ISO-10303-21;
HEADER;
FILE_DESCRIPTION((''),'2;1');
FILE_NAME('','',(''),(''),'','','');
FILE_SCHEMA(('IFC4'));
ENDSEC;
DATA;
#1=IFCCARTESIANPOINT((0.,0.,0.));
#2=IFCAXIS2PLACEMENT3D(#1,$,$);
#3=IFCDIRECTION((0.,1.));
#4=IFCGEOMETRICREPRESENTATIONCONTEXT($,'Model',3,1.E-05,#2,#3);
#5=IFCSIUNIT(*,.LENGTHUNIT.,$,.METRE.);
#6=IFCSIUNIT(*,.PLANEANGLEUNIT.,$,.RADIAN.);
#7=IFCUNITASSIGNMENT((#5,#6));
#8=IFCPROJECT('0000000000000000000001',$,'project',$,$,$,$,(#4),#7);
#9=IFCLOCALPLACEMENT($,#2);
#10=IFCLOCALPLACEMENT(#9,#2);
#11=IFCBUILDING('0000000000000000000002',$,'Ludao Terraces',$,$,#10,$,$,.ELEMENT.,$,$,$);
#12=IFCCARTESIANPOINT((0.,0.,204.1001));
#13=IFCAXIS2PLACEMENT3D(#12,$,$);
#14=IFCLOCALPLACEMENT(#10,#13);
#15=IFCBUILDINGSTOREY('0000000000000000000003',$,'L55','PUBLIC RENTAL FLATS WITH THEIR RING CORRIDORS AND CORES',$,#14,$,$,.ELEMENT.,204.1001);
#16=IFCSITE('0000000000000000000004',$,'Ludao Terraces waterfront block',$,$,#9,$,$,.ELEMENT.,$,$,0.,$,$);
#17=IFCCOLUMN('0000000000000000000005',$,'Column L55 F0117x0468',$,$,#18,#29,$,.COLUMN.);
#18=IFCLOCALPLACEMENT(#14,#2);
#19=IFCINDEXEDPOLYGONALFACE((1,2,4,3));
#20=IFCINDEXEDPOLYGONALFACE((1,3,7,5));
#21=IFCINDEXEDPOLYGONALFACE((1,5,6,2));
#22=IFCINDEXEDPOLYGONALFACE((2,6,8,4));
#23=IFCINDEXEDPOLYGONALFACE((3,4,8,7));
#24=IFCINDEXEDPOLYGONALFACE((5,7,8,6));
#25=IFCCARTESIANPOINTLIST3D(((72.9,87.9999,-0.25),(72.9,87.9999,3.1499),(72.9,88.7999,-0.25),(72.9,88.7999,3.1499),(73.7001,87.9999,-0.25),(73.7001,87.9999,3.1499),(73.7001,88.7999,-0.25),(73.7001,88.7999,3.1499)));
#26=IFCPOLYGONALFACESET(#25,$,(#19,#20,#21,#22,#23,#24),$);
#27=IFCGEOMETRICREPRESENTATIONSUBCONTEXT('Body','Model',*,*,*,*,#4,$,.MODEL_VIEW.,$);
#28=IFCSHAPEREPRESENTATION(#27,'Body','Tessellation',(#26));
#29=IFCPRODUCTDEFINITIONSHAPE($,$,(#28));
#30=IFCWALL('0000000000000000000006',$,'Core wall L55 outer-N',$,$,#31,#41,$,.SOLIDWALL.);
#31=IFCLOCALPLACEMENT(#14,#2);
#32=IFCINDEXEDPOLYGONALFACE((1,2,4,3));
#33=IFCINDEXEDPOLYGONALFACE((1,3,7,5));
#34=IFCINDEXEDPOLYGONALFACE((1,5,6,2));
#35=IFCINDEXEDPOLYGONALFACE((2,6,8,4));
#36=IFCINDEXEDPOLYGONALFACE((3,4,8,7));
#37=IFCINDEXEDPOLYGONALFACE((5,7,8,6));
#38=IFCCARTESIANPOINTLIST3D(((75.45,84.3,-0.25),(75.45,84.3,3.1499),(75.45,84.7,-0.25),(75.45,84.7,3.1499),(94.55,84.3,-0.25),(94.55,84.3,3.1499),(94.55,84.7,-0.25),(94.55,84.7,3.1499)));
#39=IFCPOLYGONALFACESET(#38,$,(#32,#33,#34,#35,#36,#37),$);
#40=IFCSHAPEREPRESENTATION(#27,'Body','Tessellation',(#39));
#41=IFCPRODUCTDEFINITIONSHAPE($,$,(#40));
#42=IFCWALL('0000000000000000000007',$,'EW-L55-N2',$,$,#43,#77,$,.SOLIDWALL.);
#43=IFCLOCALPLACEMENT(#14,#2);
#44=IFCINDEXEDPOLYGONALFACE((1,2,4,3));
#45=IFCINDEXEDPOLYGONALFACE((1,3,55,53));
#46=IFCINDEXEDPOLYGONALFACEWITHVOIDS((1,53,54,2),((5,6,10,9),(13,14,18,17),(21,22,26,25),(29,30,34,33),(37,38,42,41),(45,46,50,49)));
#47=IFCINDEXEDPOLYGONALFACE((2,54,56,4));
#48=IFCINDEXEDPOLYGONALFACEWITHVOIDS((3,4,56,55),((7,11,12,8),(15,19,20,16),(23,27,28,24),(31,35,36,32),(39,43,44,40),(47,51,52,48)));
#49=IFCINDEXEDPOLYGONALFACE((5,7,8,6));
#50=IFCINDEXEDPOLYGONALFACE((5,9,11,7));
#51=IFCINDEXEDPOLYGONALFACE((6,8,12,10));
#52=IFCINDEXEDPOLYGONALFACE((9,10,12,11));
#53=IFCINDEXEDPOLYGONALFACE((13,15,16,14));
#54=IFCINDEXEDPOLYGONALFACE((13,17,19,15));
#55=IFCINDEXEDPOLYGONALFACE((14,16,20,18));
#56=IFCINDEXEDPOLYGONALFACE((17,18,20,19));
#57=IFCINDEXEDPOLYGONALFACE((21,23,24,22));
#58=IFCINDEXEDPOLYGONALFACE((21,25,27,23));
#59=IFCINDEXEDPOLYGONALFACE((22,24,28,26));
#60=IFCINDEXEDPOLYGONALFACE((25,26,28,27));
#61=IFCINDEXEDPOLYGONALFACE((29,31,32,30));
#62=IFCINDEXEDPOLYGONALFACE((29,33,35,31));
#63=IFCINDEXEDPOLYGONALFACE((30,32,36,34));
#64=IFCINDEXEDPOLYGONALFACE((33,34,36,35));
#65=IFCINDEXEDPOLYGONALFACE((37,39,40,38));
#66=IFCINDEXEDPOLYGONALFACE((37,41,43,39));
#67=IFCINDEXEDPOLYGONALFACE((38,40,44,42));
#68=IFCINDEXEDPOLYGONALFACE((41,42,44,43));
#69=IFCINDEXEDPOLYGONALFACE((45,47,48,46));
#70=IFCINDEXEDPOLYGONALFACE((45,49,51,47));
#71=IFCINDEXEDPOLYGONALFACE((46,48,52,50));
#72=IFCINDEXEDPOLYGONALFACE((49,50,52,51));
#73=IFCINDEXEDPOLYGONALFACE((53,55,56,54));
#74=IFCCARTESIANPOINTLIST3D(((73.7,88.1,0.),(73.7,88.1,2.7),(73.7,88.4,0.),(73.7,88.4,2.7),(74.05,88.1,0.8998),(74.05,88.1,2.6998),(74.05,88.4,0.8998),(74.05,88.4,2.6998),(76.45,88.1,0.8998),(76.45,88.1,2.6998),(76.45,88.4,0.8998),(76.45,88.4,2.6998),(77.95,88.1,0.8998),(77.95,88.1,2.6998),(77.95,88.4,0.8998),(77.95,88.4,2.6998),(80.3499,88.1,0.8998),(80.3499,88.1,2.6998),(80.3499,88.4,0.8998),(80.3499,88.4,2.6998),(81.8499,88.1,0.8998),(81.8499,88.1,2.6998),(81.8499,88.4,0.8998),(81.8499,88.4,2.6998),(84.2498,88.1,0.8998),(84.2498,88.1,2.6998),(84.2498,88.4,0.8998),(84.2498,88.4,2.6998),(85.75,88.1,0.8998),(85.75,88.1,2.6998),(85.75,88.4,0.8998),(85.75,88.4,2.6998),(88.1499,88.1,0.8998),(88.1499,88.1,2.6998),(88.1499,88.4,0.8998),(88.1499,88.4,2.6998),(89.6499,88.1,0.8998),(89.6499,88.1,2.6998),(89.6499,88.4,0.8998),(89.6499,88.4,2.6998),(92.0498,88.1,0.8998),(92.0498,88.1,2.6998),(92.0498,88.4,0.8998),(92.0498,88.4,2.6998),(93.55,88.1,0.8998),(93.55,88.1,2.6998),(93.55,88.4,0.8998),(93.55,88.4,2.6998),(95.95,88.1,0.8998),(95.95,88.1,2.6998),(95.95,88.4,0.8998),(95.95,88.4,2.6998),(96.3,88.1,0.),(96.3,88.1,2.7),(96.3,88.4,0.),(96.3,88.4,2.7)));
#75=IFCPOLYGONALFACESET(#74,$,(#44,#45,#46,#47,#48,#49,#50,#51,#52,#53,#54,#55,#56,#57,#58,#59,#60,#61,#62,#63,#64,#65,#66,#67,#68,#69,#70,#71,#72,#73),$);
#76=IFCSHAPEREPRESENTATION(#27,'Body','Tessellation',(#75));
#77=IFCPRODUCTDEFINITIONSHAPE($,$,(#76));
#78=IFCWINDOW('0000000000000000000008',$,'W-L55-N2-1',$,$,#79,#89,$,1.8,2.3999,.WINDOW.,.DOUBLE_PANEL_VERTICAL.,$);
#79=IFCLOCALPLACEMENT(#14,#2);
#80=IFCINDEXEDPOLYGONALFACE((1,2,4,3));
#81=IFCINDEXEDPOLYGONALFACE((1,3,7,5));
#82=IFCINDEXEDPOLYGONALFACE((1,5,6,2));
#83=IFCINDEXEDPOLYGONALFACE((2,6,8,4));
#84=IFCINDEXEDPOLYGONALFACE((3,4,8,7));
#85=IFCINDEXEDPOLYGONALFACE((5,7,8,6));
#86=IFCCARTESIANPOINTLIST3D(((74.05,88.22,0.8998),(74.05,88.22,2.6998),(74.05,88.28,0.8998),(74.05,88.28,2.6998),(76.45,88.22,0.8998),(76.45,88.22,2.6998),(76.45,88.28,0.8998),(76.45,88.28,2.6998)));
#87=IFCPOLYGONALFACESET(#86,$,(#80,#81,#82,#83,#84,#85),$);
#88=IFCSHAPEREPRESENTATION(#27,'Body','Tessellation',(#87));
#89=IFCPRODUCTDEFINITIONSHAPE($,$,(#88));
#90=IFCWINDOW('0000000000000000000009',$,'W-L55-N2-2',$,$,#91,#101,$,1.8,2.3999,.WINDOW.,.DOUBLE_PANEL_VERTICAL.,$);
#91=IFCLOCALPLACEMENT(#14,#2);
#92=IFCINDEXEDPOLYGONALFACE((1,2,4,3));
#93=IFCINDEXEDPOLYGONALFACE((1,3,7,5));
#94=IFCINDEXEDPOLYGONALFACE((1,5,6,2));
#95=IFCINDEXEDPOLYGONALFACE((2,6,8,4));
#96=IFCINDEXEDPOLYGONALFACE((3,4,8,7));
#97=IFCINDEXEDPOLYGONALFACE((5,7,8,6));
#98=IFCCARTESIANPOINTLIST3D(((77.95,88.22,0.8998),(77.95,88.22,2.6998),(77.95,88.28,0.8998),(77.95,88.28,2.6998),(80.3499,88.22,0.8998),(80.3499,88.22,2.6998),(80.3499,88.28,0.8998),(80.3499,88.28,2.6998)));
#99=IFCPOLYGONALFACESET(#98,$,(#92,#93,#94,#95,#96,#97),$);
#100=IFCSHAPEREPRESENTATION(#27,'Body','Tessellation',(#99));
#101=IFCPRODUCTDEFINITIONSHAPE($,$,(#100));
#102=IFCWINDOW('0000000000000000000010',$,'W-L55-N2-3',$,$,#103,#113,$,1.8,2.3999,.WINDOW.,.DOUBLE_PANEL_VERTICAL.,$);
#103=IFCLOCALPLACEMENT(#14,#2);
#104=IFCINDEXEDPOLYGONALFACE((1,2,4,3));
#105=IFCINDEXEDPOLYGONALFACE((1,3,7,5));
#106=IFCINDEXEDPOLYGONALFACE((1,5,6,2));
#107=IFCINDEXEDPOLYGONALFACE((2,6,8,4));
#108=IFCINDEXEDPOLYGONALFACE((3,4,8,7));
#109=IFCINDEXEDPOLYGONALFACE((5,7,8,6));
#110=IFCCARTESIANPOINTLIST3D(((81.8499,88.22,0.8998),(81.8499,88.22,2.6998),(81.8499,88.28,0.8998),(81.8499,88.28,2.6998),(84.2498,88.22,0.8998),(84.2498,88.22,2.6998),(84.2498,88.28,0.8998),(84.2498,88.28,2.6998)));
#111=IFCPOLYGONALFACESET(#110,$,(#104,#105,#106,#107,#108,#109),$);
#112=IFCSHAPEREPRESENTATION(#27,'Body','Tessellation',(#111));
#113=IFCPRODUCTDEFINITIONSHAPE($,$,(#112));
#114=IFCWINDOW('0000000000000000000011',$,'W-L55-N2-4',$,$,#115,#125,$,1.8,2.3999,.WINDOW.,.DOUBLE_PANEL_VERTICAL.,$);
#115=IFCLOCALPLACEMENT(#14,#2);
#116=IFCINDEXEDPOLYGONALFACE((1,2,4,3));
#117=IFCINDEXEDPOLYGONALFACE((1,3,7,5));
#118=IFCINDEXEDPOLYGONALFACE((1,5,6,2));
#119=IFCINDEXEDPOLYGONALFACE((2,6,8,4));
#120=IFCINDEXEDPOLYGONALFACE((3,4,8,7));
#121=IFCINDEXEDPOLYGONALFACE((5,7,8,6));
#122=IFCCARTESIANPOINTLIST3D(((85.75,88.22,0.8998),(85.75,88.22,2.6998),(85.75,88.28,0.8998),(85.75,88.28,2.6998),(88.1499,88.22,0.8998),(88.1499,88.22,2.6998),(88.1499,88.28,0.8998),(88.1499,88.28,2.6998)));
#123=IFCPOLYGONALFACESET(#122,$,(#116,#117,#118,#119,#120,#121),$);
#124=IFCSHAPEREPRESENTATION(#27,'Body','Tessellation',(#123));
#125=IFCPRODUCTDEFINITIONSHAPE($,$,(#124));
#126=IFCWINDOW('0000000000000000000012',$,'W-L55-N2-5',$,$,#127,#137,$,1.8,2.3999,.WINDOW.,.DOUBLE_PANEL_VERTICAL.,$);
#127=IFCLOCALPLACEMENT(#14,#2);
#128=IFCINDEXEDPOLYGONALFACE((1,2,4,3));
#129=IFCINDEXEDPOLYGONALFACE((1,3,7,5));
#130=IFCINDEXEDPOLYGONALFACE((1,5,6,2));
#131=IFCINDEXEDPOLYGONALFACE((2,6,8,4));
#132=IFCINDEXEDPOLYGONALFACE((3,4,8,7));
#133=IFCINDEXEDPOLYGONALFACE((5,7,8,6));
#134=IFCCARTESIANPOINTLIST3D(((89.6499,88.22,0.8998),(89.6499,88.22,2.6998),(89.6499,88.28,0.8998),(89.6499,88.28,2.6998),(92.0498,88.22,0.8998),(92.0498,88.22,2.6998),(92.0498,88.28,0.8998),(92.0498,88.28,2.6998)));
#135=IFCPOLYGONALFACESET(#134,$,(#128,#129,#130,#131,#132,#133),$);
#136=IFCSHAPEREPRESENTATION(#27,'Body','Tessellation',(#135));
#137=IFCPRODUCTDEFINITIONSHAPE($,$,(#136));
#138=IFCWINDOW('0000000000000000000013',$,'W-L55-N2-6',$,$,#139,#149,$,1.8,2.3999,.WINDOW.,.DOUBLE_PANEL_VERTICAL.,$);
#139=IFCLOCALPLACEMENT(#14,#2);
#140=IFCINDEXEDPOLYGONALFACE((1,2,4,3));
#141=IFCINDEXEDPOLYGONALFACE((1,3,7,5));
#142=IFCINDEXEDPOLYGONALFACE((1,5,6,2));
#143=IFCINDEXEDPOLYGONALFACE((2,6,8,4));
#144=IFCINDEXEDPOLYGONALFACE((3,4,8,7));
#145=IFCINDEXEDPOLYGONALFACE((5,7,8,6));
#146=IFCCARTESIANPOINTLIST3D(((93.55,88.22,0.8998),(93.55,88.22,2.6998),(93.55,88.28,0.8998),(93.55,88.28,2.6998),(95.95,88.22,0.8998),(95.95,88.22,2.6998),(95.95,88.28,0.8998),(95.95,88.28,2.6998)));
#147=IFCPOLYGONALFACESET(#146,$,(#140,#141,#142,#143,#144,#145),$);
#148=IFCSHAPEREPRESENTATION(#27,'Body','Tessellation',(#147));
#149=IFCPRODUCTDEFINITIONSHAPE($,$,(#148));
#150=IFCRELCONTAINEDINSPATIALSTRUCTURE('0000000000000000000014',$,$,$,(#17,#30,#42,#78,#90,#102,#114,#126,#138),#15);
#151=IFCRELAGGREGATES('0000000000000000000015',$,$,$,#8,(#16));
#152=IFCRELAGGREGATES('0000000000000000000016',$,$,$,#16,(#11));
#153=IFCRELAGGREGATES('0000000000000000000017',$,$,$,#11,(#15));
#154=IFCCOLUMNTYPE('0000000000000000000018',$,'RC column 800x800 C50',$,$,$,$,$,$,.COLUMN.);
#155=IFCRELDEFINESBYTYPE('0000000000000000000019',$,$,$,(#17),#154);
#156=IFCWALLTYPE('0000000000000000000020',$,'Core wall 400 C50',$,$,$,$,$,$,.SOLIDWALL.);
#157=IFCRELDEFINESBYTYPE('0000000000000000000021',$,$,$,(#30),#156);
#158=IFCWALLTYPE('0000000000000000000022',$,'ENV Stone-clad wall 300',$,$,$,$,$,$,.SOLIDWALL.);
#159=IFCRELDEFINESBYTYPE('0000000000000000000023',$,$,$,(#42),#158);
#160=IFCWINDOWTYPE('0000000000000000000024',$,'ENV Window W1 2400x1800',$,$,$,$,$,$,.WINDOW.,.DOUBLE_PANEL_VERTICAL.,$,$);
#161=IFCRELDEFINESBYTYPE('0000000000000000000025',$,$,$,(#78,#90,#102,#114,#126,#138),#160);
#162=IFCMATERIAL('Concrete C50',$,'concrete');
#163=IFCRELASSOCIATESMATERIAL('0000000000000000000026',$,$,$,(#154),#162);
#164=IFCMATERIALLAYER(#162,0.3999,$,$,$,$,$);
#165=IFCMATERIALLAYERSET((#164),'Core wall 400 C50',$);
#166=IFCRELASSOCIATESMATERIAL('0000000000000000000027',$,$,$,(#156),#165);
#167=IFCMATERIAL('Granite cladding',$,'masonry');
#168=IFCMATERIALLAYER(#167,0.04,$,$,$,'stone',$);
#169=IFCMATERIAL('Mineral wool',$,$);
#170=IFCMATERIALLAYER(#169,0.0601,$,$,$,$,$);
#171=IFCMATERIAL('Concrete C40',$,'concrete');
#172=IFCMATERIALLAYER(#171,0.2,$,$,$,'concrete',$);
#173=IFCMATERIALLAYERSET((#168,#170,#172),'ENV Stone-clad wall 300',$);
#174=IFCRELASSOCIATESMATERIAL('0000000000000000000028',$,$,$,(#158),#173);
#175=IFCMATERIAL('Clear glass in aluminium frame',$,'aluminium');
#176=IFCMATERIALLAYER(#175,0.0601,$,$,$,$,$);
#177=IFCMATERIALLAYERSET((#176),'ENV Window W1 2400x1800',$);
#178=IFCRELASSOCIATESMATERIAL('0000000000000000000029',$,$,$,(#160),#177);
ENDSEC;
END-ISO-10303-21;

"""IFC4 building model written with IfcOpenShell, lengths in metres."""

from ifc_helpers import new_model, si_unit, direction, frame, frame_2d, origin, origin_2d, place, context, subcontext, project, spatial, rectangle, extrude, material, layer, layer_set, material_profile, profile_set, type_object, element, fill, save


model = new_model("IFC4")

# Units and contexts
model_context = context("Model", 3, precision=1e-05, world=origin(), true_north=direction((0.0, 1.0)))
body_context = subcontext(model_context, "Body", "Model", "MODEL_VIEW")
ifc_project = project(units=[si_unit("LENGTHUNIT", "METRE"), si_unit("PLANEANGLEUNIT", "RADIAN")], contexts=[model_context])

# Site, building, storey
site_placement = place(None, origin())
site = spatial("IfcSite", under=ifc_project, at=site_placement, Name="Ludao Terraces waterfront block", CompositionType="ELEMENT", RefElevation=0.0)
building_placement = place(site_placement, origin())
building = spatial("IfcBuilding", under=site, at=building_placement, Name="Ludao Terraces", CompositionType="ELEMENT")
storey_placement = place(building_placement, frame((0.0, 0.0, 204.1001)))
storey = spatial("IfcBuildingStorey", under=building, at=storey_placement, Name="L55", Description="PUBLIC RENTAL FLATS WITH THEIR RING CORRIDORS AND CORES", CompositionType="ELEMENT", Elevation=204.1001)

# Column
ifc_material_1 = material(Name="Concrete C50", Category="concrete")
ifc_material_profile = material_profile(ifc_material_1, rectangle(XDim=0.8, YDim=0.8, at=origin_2d()), Name="800 X 800")
ifc_profile_set = profile_set([ifc_material_profile], Name="Concrete C50")
column_type = type_object("IfcColumnType", Name="RC column 800x800 C50", PredefinedType="COLUMN", material=ifc_profile_set)
column_placement = place(storey_placement, frame((73.3, 88.3999, -0.25), z_axis=(0.0, 0.0, 1.0), x_axis=(1.0, 0.0, 0.0)))
element("IfcColumn", 1, at=column_placement, inside=storey, type_object=column_type, Name="Column L55 F0117x0468", PredefinedType="COLUMN", context=body_context, shape_type="SweptSolid", body=[
    extrude(rectangle(XDim=0.8, YDim=0.8, at=origin_2d()), origin(), (0.0, 0.0, 1.0), 3.3999),
])

# Wall
ifc_layer_1 = layer(ifc_material_1, 0.3999)
ifc_layer_set_1 = layer_set([ifc_layer_1], Name="Core wall 400 C50")
wall_type_1 = type_object("IfcWallType", Name="Core wall 400 C50", PredefinedType="SOLIDWALL", material=ifc_layer_set_1)
wall_1_placement = place(storey_placement, frame((75.45, 84.5, -0.25), z_axis=(0.0, 0.0, 1.0), x_axis=(1.0, 0.0, 0.0)))
element("IfcWall", 2, at=wall_1_placement, inside=storey, type_object=wall_type_1, Name="Core wall L55 outer-N", PredefinedType="SOLIDWALL", context=body_context, shape_type="SweptSolid", body=[
    extrude(rectangle(XDim=19.1001, YDim=0.3999, at=frame_2d((9.55, 0.0))), origin(), (0.0, 0.0, 1.0), 3.3999),
])

# Wall, openings, windows
ifc_material_2 = material(Name="Granite cladding", Category="masonry")
ifc_layer_2 = layer(ifc_material_2, 0.04, Category="stone")
ifc_material_3 = material(Name="Mineral wool")
ifc_layer_3 = layer(ifc_material_3, 0.0601)
ifc_material_4 = material(Name="Concrete C40", Category="concrete")
ifc_layer_4 = layer(ifc_material_4, 0.2, Category="concrete")
ifc_layer_set_2 = layer_set([ifc_layer_2, ifc_layer_3, ifc_layer_4], Name="ENV Stone-clad wall 300")
wall_type_2 = type_object("IfcWallType", Name="ENV Stone-clad wall 300", PredefinedType="SOLIDWALL", material=ifc_layer_set_2)
wall_2_placement = place(storey_placement, frame((73.7, 88.25, 0.0), z_axis=(0.0, 0.0, 1.0), x_axis=(1.0, 0.0, 0.0)))
wall_2 = element("IfcWall", 3, at=wall_2_placement, inside=storey, type_object=wall_type_2, Name="EW-L55-N2", PredefinedType="SOLIDWALL", context=body_context, shape_type="SweptSolid", body=[
    extrude(rectangle(XDim=22.6001, YDim=0.3, at=frame_2d((11.3, 0.0))), origin(), (0.0, 0.0, 1.0), 2.7),
])
opening_1_placement = place(wall_2_placement, frame((0.3501, 0.0, 0.8999)))
opening_1 = element("IfcOpeningElement", 4, at=opening_1_placement, cuts=wall_2, PredefinedType="OPENING", context=body_context, shape_type="SweptSolid", body=[
    extrude(rectangle(XDim=2.3999, YDim=1.8, at=frame_2d((1.2, 0.8999))), frame((0.0, 0.1602, 0.0), z_axis=(0.0, -1.0, 0.0), x_axis=(1.0, 0.0, 0.0)), (0.0, 0.0, 1.0), 0.3201),
])
opening_2_placement = place(wall_2_placement, frame((4.25, 0.0, 0.8999)))
opening_2 = element("IfcOpeningElement", 5, at=opening_2_placement, cuts=wall_2, PredefinedType="OPENING", context=body_context, shape_type="SweptSolid", body=[
    extrude(rectangle(XDim=2.3999, YDim=1.8, at=frame_2d((1.2, 0.8999))), frame((0.0, 0.1602, 0.0), z_axis=(0.0, -1.0, 0.0), x_axis=(1.0, 0.0, 0.0)), (0.0, 0.0, 1.0), 0.3201),
])
opening_3_placement = place(wall_2_placement, frame((8.1499, 0.0, 0.8999)))
opening_3 = element("IfcOpeningElement", 6, at=opening_3_placement, cuts=wall_2, PredefinedType="OPENING", context=body_context, shape_type="SweptSolid", body=[
    extrude(rectangle(XDim=2.3999, YDim=1.8, at=frame_2d((1.2, 0.8999))), frame((0.0, 0.1602, 0.0), z_axis=(0.0, -1.0, 0.0), x_axis=(1.0, 0.0, 0.0)), (0.0, 0.0, 1.0), 0.3201),
])
opening_4_placement = place(wall_2_placement, frame((12.05, 0.0, 0.8999)))
opening_4 = element("IfcOpeningElement", 7, at=opening_4_placement, cuts=wall_2, PredefinedType="OPENING", context=body_context, shape_type="SweptSolid", body=[
    extrude(rectangle(XDim=2.3999, YDim=1.8, at=frame_2d((1.2, 0.8999))), frame((0.0, 0.1602, 0.0), z_axis=(0.0, -1.0, 0.0), x_axis=(1.0, 0.0, 0.0)), (0.0, 0.0, 1.0), 0.3201),
])
opening_5_placement = place(wall_2_placement, frame((15.95, 0.0, 0.8999)))
opening_5 = element("IfcOpeningElement", 8, at=opening_5_placement, cuts=wall_2, PredefinedType="OPENING", context=body_context, shape_type="SweptSolid", body=[
    extrude(rectangle(XDim=2.3999, YDim=1.8, at=frame_2d((1.2, 0.8999))), frame((0.0, 0.1602, 0.0), z_axis=(0.0, -1.0, 0.0), x_axis=(1.0, 0.0, 0.0)), (0.0, 0.0, 1.0), 0.3201),
])
opening_6_placement = place(wall_2_placement, frame((19.8501, 0.0, 0.8999)))
opening_6 = element("IfcOpeningElement", 9, at=opening_6_placement, cuts=wall_2, PredefinedType="OPENING", context=body_context, shape_type="SweptSolid", body=[
    extrude(rectangle(XDim=2.3999, YDim=1.8, at=frame_2d((1.2, 0.8999))), frame((0.0, 0.1602, 0.0), z_axis=(0.0, -1.0, 0.0), x_axis=(1.0, 0.0, 0.0)), (0.0, 0.0, 1.0), 0.3201),
])
ifc_material_5 = material(Name="Clear glass in aluminium frame", Category="aluminium")
ifc_layer_5 = layer(ifc_material_5, 0.0601)
ifc_layer_set_3 = layer_set([ifc_layer_5], Name="ENV Window W1 2400x1800")
window_type = type_object("IfcWindowType", Name="ENV Window W1 2400x1800", PartitioningType="DOUBLE_PANEL_VERTICAL", PredefinedType="WINDOW", material=ifc_layer_set_3)
window_1_placement = place(opening_1_placement, origin())
window_1 = element("IfcWindow", 10, at=window_1_placement, inside=storey, type_object=window_type, Name="W-L55-N2-1", OverallHeight=1.8, OverallWidth=2.3999, PartitioningType="DOUBLE_PANEL_VERTICAL", PredefinedType="WINDOW", context=body_context, shape_type="SweptSolid", body=[
    extrude(rectangle(XDim=2.3999, YDim=1.8, at=frame_2d((1.2, 0.8999))), frame((0.0, 0.03, 0.0), z_axis=(0.0, -1.0, 0.0), x_axis=(1.0, 0.0, 0.0)), (0.0, 0.0, 1.0), 0.0601),
])
fill(opening_1, window_1)
window_2_placement = place(opening_2_placement, origin())
window_2 = element("IfcWindow", 11, at=window_2_placement, inside=storey, type_object=window_type, Name="W-L55-N2-2", OverallHeight=1.8, OverallWidth=2.3999, PartitioningType="DOUBLE_PANEL_VERTICAL", PredefinedType="WINDOW", context=body_context, shape_type="SweptSolid", body=[
    extrude(rectangle(XDim=2.3999, YDim=1.8, at=frame_2d((1.2, 0.8999))), frame((0.0, 0.03, 0.0), z_axis=(0.0, -1.0, 0.0), x_axis=(1.0, 0.0, 0.0)), (0.0, 0.0, 1.0), 0.0601),
])
fill(opening_2, window_2)
window_3_placement = place(opening_3_placement, origin())
window_3 = element("IfcWindow", 12, at=window_3_placement, inside=storey, type_object=window_type, Name="W-L55-N2-3", OverallHeight=1.8, OverallWidth=2.3999, PartitioningType="DOUBLE_PANEL_VERTICAL", PredefinedType="WINDOW", context=body_context, shape_type="SweptSolid", body=[
    extrude(rectangle(XDim=2.3999, YDim=1.8, at=frame_2d((1.2, 0.8999))), frame((0.0, 0.03, 0.0), z_axis=(0.0, -1.0, 0.0), x_axis=(1.0, 0.0, 0.0)), (0.0, 0.0, 1.0), 0.0601),
])
fill(opening_3, window_3)
window_4_placement = place(opening_4_placement, origin())
window_4 = element("IfcWindow", 13, at=window_4_placement, inside=storey, type_object=window_type, Name="W-L55-N2-4", OverallHeight=1.8, OverallWidth=2.3999, PartitioningType="DOUBLE_PANEL_VERTICAL", PredefinedType="WINDOW", context=body_context, shape_type="SweptSolid", body=[
    extrude(rectangle(XDim=2.3999, YDim=1.8, at=frame_2d((1.2, 0.8999))), frame((0.0, 0.03, 0.0), z_axis=(0.0, -1.0, 0.0), x_axis=(1.0, 0.0, 0.0)), (0.0, 0.0, 1.0), 0.0601),
])
fill(opening_4, window_4)
window_5_placement = place(opening_5_placement, origin())
window_5 = element("IfcWindow", 14, at=window_5_placement, inside=storey, type_object=window_type, Name="W-L55-N2-5", OverallHeight=1.8, OverallWidth=2.3999, PartitioningType="DOUBLE_PANEL_VERTICAL", PredefinedType="WINDOW", context=body_context, shape_type="SweptSolid", body=[
    extrude(rectangle(XDim=2.3999, YDim=1.8, at=frame_2d((1.2, 0.8999))), frame((0.0, 0.03, 0.0), z_axis=(0.0, -1.0, 0.0), x_axis=(1.0, 0.0, 0.0)), (0.0, 0.0, 1.0), 0.0601),
])
fill(opening_5, window_5)
window_6_placement = place(opening_6_placement, origin())
window_6 = element("IfcWindow", 15, at=window_6_placement, inside=storey, type_object=window_type, Name="W-L55-N2-6", OverallHeight=1.8, OverallWidth=2.3999, PartitioningType="DOUBLE_PANEL_VERTICAL", PredefinedType="WINDOW", context=body_context, shape_type="SweptSolid", body=[
    extrude(rectangle(XDim=2.3999, YDim=1.8, at=frame_2d((1.2, 0.8999))), frame((0.0, 0.03, 0.0), z_axis=(0.0, -1.0, 0.0), x_axis=(1.0, 0.0, 0.0)), (0.0, 0.0, 1.0), 0.0601),
])
fill(opening_6, window_6)

save(model, "model.ifc")
